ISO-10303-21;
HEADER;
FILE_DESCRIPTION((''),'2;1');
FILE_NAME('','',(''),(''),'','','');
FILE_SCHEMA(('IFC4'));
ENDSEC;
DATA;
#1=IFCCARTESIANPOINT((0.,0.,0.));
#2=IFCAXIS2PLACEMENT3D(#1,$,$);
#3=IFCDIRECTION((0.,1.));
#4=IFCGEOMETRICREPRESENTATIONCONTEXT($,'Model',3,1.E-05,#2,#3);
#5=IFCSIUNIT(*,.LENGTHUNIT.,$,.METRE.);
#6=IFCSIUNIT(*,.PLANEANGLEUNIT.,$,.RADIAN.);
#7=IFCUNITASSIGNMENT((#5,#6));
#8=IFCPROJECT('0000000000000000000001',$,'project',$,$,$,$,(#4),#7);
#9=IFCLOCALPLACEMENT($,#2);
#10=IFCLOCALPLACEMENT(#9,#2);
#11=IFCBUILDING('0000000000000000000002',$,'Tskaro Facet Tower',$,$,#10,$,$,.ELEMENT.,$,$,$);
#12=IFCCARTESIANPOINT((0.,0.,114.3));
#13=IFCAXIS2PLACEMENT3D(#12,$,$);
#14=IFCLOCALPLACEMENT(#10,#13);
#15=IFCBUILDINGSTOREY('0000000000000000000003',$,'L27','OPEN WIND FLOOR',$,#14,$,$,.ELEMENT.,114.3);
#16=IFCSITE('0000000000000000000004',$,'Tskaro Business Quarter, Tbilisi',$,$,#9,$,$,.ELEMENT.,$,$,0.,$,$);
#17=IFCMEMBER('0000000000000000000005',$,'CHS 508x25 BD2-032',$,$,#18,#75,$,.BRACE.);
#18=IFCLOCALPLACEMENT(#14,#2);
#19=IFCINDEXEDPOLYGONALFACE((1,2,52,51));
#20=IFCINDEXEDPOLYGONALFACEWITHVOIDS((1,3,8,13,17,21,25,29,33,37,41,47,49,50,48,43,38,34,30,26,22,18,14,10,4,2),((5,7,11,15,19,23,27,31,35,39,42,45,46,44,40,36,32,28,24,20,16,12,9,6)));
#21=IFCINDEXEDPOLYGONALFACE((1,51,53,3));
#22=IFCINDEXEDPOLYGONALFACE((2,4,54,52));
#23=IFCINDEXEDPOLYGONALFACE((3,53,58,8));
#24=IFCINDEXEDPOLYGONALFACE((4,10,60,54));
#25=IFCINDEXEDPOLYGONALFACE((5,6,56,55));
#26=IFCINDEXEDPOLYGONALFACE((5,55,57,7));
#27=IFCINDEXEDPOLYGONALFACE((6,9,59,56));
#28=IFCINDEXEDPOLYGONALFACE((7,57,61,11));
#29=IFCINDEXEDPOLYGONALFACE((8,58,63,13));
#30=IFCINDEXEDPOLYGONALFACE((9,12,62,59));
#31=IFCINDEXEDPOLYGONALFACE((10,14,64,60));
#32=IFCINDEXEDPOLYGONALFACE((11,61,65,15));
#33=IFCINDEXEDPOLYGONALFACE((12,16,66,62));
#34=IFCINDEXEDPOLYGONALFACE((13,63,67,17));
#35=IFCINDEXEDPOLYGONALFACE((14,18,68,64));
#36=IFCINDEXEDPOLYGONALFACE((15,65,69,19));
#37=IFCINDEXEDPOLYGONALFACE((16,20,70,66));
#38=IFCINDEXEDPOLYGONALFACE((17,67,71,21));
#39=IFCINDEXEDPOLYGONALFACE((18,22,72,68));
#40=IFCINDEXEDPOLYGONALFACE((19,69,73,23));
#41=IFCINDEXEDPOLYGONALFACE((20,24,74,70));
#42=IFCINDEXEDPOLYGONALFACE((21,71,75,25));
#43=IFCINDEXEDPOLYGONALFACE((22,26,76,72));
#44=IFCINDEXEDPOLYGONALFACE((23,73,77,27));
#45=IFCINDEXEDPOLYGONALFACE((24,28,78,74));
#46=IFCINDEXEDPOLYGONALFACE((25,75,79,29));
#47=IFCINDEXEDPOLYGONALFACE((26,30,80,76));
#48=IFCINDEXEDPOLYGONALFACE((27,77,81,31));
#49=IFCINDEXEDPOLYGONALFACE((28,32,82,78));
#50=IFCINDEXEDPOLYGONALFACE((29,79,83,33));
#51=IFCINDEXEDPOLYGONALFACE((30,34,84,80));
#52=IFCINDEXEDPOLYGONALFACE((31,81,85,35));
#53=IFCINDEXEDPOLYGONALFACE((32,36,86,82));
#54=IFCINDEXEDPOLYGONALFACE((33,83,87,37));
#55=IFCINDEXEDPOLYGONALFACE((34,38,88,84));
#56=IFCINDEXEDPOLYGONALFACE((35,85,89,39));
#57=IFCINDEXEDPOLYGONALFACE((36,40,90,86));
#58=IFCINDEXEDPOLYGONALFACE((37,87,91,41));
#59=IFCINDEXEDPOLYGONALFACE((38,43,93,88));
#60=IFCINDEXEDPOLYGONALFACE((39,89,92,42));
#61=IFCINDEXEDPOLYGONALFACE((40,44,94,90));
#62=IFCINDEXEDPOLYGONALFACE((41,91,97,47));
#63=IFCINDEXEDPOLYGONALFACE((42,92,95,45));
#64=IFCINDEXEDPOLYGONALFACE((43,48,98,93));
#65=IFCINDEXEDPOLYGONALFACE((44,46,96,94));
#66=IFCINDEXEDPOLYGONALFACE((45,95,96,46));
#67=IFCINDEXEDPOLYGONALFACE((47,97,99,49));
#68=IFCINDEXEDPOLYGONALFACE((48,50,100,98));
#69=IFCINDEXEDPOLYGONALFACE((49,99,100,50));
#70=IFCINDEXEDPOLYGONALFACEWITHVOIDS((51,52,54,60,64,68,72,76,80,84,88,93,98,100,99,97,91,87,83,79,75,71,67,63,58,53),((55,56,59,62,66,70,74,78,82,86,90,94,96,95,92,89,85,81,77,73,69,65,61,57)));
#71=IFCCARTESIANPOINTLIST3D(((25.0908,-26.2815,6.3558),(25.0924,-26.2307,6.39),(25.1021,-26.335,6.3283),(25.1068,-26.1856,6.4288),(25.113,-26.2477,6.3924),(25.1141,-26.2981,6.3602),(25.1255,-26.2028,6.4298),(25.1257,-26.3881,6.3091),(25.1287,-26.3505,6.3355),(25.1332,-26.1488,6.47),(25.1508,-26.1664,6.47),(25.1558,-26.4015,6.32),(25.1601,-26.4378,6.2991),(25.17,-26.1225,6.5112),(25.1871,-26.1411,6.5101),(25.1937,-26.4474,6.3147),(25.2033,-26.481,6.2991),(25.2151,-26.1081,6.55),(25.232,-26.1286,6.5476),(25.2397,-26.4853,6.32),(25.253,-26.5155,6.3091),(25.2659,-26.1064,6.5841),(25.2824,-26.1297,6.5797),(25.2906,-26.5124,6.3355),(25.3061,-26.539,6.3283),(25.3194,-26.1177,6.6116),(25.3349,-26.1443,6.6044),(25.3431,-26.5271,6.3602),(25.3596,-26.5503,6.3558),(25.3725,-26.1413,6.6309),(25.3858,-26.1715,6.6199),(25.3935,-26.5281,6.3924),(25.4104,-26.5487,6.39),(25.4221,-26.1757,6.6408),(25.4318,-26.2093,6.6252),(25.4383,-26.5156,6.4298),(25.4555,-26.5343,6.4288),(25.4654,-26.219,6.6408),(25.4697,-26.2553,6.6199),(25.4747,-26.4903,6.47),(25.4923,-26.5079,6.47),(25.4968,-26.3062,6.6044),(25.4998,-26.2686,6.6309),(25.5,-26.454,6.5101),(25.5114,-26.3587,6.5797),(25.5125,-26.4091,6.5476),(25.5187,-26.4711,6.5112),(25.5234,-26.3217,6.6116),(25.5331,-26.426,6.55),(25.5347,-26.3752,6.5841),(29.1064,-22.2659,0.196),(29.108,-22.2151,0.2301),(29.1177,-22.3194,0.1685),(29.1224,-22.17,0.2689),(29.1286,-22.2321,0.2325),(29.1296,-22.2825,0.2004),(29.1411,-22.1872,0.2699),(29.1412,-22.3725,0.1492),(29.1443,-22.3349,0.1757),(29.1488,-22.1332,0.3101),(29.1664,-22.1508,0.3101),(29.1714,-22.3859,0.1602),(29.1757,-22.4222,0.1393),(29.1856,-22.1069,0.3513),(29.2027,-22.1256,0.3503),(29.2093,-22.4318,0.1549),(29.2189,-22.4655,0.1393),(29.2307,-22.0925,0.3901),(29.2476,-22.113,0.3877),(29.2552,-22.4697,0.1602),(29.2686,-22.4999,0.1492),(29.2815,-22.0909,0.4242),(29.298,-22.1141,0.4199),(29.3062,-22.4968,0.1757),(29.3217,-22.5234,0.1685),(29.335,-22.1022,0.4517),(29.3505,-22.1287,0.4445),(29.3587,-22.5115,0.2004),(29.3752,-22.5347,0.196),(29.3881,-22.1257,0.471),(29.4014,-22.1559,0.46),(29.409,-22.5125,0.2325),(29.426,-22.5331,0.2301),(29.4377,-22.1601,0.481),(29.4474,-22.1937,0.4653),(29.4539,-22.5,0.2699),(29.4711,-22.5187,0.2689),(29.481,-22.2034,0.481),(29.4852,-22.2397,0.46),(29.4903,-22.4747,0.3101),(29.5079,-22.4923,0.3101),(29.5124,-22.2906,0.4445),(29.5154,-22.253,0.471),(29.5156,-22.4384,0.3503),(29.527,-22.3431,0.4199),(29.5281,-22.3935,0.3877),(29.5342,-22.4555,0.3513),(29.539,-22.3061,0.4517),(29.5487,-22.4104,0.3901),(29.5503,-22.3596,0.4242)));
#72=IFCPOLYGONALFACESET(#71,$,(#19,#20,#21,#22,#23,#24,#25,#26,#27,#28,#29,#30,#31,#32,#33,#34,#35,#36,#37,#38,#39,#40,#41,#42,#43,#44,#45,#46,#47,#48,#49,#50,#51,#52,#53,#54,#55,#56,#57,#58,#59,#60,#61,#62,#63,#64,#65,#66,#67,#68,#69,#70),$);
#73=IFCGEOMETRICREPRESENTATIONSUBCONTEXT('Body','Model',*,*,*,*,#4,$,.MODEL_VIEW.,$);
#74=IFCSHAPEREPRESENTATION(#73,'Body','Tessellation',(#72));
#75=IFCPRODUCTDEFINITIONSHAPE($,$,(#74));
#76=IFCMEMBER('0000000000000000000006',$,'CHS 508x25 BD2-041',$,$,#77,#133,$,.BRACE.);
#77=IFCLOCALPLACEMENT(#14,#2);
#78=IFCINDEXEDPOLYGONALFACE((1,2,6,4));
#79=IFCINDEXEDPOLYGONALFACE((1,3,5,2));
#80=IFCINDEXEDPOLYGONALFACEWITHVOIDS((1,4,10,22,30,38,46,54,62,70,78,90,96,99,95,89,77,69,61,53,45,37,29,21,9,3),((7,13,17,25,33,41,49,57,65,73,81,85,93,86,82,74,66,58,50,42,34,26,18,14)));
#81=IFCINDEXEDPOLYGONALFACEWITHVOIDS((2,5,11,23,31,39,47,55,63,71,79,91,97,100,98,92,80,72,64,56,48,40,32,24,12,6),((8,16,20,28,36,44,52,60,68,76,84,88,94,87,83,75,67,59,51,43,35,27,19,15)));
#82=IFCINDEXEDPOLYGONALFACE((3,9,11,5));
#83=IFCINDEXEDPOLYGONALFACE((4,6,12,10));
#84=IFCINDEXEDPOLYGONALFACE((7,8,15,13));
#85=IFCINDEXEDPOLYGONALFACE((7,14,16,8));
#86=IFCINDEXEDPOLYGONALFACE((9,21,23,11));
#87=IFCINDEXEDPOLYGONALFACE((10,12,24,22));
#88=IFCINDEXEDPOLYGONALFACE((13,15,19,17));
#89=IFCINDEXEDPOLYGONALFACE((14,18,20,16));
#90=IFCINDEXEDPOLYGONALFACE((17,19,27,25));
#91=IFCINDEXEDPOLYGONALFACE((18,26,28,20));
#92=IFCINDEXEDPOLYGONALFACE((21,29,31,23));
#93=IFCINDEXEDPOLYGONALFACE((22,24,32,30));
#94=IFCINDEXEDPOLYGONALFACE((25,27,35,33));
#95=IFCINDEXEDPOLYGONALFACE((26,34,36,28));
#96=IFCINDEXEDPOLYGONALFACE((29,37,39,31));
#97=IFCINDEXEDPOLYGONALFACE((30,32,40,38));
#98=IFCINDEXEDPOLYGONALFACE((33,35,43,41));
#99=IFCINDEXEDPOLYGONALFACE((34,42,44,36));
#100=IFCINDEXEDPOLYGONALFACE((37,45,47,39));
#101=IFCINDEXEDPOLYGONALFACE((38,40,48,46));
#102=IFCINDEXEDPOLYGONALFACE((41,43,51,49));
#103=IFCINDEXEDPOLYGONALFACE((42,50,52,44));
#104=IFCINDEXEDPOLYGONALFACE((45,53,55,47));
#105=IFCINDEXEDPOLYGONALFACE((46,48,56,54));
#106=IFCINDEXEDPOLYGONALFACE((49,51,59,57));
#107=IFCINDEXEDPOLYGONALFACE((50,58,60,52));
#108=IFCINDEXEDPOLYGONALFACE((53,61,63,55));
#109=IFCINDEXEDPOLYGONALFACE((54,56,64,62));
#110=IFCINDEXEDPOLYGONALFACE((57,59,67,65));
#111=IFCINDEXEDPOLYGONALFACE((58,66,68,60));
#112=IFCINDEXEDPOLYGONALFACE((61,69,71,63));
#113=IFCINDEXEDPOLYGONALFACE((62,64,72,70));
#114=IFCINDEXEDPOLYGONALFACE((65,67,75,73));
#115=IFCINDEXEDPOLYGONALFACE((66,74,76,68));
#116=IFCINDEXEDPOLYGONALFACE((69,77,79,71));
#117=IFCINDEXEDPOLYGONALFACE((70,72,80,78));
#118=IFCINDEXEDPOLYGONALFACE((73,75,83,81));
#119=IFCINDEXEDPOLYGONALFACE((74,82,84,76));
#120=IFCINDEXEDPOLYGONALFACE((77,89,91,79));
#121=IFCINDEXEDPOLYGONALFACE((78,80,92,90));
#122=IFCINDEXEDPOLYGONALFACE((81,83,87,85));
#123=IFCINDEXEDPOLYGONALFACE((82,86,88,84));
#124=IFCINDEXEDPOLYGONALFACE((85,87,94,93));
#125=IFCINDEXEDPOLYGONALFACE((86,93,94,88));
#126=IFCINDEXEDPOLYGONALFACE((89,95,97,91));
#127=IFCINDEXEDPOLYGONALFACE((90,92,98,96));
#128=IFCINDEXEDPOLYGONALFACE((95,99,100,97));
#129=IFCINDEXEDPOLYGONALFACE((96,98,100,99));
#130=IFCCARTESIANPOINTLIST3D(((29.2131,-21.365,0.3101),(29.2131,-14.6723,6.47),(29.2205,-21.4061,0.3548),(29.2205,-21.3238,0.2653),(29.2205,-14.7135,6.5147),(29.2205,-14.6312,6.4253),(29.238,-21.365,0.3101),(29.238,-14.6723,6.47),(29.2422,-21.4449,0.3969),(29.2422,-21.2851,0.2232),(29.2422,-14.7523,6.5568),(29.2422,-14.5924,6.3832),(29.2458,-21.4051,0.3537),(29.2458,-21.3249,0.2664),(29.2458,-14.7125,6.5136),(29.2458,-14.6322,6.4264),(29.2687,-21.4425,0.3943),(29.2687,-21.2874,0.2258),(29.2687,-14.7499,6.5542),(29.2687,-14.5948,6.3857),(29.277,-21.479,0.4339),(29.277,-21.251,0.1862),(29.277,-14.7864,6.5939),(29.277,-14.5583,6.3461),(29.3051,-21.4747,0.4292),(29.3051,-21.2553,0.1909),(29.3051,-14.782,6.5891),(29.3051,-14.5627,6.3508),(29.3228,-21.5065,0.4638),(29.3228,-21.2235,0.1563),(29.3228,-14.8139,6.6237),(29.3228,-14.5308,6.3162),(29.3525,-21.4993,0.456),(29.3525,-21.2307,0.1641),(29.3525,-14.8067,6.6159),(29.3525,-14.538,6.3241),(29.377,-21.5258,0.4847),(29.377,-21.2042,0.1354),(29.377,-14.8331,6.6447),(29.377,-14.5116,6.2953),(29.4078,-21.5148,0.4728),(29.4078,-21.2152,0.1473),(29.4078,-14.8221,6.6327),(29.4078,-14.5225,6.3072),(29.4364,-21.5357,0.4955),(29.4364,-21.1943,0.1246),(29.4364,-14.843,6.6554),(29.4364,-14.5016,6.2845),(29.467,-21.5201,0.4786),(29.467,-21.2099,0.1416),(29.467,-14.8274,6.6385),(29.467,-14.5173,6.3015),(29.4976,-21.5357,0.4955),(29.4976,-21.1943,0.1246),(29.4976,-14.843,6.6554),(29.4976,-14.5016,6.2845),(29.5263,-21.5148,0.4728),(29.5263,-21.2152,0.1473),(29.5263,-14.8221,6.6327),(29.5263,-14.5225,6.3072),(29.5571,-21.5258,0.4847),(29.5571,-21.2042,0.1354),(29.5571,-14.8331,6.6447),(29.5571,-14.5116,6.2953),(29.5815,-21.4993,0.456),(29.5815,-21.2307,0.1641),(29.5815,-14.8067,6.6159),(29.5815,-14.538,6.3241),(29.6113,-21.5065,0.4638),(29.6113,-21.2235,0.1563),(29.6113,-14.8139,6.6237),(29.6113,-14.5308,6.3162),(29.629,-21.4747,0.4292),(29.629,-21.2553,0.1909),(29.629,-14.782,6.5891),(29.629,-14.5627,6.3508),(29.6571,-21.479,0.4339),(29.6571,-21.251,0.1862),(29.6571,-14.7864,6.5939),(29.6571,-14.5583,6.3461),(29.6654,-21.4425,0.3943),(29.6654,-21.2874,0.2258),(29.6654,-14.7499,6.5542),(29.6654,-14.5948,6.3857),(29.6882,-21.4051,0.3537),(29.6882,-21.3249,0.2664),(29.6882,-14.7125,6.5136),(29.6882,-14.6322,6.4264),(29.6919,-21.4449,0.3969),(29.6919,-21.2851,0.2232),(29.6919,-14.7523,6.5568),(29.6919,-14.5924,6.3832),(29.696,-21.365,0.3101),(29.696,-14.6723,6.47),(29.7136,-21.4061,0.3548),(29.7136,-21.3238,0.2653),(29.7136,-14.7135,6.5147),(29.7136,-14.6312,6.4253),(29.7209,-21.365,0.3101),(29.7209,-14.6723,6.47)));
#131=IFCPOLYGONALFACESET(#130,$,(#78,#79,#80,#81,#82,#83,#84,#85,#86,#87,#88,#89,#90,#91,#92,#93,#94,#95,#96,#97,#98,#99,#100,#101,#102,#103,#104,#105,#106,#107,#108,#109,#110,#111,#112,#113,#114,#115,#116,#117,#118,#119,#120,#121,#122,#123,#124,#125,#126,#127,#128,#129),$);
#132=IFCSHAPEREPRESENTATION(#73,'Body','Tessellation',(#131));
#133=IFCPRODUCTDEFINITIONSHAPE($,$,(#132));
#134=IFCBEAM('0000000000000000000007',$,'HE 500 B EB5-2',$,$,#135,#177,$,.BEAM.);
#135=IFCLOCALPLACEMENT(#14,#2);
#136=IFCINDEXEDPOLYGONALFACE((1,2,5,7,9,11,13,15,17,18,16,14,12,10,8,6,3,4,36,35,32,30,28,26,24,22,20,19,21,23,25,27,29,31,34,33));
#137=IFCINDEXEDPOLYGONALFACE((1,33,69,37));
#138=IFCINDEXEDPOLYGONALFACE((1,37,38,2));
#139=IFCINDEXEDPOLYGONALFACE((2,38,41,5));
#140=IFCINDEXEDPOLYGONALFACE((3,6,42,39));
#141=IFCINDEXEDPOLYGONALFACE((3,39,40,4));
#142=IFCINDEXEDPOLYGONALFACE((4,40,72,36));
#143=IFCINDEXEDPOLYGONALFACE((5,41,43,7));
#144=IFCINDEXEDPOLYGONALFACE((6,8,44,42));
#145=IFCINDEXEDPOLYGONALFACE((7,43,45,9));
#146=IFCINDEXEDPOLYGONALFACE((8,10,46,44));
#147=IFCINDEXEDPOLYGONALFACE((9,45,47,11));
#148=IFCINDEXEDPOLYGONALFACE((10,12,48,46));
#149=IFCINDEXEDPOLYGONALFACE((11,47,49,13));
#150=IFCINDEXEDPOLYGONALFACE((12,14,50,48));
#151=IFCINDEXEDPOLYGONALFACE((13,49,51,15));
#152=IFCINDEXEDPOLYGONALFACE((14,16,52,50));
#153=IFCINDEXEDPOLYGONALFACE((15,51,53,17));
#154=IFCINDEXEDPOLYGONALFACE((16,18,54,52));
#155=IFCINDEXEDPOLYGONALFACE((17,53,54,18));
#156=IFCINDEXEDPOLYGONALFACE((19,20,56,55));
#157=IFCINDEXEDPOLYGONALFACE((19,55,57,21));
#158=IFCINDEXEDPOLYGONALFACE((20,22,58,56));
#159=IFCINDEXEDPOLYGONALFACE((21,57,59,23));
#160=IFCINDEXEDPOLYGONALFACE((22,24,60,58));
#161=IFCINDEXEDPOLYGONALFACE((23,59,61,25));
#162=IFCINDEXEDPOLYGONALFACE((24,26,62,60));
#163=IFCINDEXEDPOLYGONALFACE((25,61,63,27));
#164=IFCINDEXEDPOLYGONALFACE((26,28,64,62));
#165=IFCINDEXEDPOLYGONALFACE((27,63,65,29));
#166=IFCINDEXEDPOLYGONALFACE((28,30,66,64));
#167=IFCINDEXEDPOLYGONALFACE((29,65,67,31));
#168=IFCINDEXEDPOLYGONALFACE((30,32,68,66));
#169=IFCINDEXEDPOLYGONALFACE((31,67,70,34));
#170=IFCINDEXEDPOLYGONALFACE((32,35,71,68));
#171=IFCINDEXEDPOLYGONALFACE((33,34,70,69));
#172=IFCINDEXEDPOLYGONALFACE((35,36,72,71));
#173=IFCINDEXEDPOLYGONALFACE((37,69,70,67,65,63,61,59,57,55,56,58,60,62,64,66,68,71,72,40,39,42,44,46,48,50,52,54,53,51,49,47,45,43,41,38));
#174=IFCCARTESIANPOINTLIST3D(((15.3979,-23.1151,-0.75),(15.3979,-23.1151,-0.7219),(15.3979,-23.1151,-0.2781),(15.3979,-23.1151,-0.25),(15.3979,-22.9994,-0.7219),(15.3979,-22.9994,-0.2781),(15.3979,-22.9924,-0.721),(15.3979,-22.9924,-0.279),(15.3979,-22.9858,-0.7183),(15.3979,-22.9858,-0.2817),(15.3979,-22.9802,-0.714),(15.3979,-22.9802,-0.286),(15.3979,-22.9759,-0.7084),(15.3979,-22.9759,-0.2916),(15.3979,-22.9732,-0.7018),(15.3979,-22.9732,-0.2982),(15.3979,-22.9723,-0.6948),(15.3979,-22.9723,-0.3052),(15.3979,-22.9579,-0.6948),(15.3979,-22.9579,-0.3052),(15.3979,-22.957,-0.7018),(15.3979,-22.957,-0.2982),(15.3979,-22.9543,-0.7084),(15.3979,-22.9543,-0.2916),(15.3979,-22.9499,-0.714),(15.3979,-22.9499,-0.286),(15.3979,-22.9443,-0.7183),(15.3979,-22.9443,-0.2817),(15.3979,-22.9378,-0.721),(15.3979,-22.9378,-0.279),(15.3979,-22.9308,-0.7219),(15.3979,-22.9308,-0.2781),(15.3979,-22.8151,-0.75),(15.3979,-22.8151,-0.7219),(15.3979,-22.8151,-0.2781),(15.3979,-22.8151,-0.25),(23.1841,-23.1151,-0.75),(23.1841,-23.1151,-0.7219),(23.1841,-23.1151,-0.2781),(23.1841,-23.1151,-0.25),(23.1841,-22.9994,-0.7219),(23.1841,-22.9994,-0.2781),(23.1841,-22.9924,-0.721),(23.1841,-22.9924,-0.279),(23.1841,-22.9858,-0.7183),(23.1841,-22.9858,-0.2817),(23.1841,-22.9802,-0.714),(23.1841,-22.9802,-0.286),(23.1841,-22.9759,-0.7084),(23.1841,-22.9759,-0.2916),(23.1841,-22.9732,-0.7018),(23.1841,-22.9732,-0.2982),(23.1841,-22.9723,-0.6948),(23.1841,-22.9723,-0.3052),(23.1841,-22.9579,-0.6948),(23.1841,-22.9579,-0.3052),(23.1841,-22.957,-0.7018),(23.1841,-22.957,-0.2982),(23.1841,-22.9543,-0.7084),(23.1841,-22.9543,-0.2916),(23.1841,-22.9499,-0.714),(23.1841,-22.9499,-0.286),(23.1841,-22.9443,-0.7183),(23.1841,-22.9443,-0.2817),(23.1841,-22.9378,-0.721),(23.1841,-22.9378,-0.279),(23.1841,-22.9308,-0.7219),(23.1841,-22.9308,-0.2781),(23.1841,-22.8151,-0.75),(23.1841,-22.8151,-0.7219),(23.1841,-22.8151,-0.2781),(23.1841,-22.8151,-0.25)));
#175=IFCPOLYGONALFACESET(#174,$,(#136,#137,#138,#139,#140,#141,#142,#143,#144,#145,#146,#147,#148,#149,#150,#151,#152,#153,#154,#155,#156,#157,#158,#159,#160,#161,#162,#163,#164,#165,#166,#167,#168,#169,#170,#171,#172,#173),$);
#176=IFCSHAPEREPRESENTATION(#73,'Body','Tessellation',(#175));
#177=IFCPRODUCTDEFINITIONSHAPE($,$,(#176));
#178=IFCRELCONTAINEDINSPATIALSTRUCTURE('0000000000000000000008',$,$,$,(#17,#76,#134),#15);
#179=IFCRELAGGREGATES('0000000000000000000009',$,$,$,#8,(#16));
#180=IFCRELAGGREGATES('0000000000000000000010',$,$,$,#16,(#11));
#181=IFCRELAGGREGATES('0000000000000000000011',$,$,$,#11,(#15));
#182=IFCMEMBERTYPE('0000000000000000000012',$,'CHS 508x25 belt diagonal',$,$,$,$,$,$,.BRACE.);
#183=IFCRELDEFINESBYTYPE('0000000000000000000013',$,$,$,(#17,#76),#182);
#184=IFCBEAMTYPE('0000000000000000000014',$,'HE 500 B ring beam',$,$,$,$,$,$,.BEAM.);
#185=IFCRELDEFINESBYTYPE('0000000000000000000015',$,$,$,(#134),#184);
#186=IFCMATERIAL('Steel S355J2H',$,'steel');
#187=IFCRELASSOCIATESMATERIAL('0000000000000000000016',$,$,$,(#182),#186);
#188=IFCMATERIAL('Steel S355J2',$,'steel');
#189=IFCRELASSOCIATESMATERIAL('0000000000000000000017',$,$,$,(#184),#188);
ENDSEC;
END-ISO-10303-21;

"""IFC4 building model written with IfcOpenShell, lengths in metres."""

from ifc_helpers import new_model, si_unit, direction, frame, origin, origin_2d, place, context, subcontext, project, spatial, hollow_circle, i_section, extrude, material, material_profile, profile_set, type_object, element, save


model = new_model("IFC4")

# Units and contexts
model_context = context("Model", 3, precision=1e-05, world=origin(), true_north=direction((0.0, 1.0)))
body_context = subcontext(model_context, "Body", "Model", "MODEL_VIEW")
ifc_project = project(units=[si_unit("LENGTHUNIT", "METRE"), si_unit("PLANEANGLEUNIT", "RADIAN")], contexts=[model_context])

# Site, building, storey
site_placement = place(None, origin())
site = spatial("IfcSite", under=ifc_project, at=site_placement, Name="Tskaro Business Quarter, Tbilisi", CompositionType="ELEMENT", RefElevation=0.0)
building_placement = place(site_placement, origin())
building = spatial("IfcBuilding", under=site, at=building_placement, Name="Tskaro Facet Tower", CompositionType="ELEMENT")
storey_placement = place(building_placement, frame((0.0, 0.0, 114.3)))
storey = spatial("IfcBuildingStorey", under=building, at=storey_placement, Name="L27", Description="OPEN WIND FLOOR", CompositionType="ELEMENT", Elevation=114.3)

# Shared definitions
ifc_material_1 = material(Name="Steel S355J2H", Category="steel")

# Shared definitions
ifc_material_2 = material(Name="Steel S355J2", Category="steel")

# Members
ifc_material_profile_1 = material_profile(ifc_material_1, hollow_circle(Radius=0.2539, WallThickness=0.0249, at=origin_2d()), Name="CHS 508x25")
ifc_profile_set_1 = profile_set([ifc_material_profile_1], Name="Steel S355J2H")
member_type_1 = type_object("IfcMemberType", Name="CHS 508x25 belt diagonal", PredefinedType="BRACE", material=ifc_profile_set_1)
for number, where, z_axis, x_axis, name in (
    (1, (25.3127, -26.3284, 6.47), (0.479292, 0.479292, -0.735227), (-0.707107, 0.707107, 0.0), "CHS 508x25 BD2-032"),
):
    element("IfcMember", number, at=place(storey_placement, frame(where, z_axis=z_axis, x_axis=x_axis)), inside=storey, type_object=member_type_1, Name=name, PredefinedType="BRACE", context=body_context, shape_type="SweptSolid", body=[
        extrude(hollow_circle(Radius=0.2539, WallThickness=0.0249, at=origin_2d()), origin(), (0.0, 0.0, 1.0), 8.3782),
    ])
member_1_placement = place(storey_placement, frame((29.467, -21.365, 0.3101), z_axis=(0.0, 0.735783, 0.677217), x_axis=(-1.0, 0.0, 0.0)))
element("IfcMember", 2, at=member_1_placement, inside=storey, type_object=member_type_1, Name="CHS 508x25 BD2-041", PredefinedType="BRACE", context=body_context, shape_type="SweptSolid", body=[
    extrude(hollow_circle(Radius=0.2539, WallThickness=0.0249, at=origin_2d()), origin(), (0.0, 0.0, 1.0), 9.0959),
])

# Beam
ifc_material_profile_2 = material_profile(ifc_material_2, i_section(OverallWidth=0.3, OverallDepth=0.5, WebThickness=0.0144, FlangeThickness=0.0281, FilletRadius=0.0271, at=origin_2d()), Name="HE 500 B")
ifc_profile_set_2 = profile_set([ifc_material_profile_2], Name="Steel S355J2")
beam_type_1 = type_object("IfcBeamType", Name="HE 500 B ring beam", PredefinedType="BEAM", material=ifc_profile_set_2)
beam_1_placement = place(storey_placement, frame((15.3979, -22.9651, -0.5), z_axis=(1.0, 0.0, 0.0), x_axis=(0.0, 1.0, 0.0)))
element("IfcBeam", 3, at=beam_1_placement, inside=storey, type_object=beam_type_1, Name="HE 500 B EB5-2", PredefinedType="BEAM", context=body_context, shape_type="SweptSolid", body=[
    extrude(i_section(OverallWidth=0.3, OverallDepth=0.5, WebThickness=0.0144, FlangeThickness=0.0281, FilletRadius=0.0271, at=origin_2d()), origin(), (0.0, 0.0, 1.0), 7.7861),
])

save(model, "model.ifc")
